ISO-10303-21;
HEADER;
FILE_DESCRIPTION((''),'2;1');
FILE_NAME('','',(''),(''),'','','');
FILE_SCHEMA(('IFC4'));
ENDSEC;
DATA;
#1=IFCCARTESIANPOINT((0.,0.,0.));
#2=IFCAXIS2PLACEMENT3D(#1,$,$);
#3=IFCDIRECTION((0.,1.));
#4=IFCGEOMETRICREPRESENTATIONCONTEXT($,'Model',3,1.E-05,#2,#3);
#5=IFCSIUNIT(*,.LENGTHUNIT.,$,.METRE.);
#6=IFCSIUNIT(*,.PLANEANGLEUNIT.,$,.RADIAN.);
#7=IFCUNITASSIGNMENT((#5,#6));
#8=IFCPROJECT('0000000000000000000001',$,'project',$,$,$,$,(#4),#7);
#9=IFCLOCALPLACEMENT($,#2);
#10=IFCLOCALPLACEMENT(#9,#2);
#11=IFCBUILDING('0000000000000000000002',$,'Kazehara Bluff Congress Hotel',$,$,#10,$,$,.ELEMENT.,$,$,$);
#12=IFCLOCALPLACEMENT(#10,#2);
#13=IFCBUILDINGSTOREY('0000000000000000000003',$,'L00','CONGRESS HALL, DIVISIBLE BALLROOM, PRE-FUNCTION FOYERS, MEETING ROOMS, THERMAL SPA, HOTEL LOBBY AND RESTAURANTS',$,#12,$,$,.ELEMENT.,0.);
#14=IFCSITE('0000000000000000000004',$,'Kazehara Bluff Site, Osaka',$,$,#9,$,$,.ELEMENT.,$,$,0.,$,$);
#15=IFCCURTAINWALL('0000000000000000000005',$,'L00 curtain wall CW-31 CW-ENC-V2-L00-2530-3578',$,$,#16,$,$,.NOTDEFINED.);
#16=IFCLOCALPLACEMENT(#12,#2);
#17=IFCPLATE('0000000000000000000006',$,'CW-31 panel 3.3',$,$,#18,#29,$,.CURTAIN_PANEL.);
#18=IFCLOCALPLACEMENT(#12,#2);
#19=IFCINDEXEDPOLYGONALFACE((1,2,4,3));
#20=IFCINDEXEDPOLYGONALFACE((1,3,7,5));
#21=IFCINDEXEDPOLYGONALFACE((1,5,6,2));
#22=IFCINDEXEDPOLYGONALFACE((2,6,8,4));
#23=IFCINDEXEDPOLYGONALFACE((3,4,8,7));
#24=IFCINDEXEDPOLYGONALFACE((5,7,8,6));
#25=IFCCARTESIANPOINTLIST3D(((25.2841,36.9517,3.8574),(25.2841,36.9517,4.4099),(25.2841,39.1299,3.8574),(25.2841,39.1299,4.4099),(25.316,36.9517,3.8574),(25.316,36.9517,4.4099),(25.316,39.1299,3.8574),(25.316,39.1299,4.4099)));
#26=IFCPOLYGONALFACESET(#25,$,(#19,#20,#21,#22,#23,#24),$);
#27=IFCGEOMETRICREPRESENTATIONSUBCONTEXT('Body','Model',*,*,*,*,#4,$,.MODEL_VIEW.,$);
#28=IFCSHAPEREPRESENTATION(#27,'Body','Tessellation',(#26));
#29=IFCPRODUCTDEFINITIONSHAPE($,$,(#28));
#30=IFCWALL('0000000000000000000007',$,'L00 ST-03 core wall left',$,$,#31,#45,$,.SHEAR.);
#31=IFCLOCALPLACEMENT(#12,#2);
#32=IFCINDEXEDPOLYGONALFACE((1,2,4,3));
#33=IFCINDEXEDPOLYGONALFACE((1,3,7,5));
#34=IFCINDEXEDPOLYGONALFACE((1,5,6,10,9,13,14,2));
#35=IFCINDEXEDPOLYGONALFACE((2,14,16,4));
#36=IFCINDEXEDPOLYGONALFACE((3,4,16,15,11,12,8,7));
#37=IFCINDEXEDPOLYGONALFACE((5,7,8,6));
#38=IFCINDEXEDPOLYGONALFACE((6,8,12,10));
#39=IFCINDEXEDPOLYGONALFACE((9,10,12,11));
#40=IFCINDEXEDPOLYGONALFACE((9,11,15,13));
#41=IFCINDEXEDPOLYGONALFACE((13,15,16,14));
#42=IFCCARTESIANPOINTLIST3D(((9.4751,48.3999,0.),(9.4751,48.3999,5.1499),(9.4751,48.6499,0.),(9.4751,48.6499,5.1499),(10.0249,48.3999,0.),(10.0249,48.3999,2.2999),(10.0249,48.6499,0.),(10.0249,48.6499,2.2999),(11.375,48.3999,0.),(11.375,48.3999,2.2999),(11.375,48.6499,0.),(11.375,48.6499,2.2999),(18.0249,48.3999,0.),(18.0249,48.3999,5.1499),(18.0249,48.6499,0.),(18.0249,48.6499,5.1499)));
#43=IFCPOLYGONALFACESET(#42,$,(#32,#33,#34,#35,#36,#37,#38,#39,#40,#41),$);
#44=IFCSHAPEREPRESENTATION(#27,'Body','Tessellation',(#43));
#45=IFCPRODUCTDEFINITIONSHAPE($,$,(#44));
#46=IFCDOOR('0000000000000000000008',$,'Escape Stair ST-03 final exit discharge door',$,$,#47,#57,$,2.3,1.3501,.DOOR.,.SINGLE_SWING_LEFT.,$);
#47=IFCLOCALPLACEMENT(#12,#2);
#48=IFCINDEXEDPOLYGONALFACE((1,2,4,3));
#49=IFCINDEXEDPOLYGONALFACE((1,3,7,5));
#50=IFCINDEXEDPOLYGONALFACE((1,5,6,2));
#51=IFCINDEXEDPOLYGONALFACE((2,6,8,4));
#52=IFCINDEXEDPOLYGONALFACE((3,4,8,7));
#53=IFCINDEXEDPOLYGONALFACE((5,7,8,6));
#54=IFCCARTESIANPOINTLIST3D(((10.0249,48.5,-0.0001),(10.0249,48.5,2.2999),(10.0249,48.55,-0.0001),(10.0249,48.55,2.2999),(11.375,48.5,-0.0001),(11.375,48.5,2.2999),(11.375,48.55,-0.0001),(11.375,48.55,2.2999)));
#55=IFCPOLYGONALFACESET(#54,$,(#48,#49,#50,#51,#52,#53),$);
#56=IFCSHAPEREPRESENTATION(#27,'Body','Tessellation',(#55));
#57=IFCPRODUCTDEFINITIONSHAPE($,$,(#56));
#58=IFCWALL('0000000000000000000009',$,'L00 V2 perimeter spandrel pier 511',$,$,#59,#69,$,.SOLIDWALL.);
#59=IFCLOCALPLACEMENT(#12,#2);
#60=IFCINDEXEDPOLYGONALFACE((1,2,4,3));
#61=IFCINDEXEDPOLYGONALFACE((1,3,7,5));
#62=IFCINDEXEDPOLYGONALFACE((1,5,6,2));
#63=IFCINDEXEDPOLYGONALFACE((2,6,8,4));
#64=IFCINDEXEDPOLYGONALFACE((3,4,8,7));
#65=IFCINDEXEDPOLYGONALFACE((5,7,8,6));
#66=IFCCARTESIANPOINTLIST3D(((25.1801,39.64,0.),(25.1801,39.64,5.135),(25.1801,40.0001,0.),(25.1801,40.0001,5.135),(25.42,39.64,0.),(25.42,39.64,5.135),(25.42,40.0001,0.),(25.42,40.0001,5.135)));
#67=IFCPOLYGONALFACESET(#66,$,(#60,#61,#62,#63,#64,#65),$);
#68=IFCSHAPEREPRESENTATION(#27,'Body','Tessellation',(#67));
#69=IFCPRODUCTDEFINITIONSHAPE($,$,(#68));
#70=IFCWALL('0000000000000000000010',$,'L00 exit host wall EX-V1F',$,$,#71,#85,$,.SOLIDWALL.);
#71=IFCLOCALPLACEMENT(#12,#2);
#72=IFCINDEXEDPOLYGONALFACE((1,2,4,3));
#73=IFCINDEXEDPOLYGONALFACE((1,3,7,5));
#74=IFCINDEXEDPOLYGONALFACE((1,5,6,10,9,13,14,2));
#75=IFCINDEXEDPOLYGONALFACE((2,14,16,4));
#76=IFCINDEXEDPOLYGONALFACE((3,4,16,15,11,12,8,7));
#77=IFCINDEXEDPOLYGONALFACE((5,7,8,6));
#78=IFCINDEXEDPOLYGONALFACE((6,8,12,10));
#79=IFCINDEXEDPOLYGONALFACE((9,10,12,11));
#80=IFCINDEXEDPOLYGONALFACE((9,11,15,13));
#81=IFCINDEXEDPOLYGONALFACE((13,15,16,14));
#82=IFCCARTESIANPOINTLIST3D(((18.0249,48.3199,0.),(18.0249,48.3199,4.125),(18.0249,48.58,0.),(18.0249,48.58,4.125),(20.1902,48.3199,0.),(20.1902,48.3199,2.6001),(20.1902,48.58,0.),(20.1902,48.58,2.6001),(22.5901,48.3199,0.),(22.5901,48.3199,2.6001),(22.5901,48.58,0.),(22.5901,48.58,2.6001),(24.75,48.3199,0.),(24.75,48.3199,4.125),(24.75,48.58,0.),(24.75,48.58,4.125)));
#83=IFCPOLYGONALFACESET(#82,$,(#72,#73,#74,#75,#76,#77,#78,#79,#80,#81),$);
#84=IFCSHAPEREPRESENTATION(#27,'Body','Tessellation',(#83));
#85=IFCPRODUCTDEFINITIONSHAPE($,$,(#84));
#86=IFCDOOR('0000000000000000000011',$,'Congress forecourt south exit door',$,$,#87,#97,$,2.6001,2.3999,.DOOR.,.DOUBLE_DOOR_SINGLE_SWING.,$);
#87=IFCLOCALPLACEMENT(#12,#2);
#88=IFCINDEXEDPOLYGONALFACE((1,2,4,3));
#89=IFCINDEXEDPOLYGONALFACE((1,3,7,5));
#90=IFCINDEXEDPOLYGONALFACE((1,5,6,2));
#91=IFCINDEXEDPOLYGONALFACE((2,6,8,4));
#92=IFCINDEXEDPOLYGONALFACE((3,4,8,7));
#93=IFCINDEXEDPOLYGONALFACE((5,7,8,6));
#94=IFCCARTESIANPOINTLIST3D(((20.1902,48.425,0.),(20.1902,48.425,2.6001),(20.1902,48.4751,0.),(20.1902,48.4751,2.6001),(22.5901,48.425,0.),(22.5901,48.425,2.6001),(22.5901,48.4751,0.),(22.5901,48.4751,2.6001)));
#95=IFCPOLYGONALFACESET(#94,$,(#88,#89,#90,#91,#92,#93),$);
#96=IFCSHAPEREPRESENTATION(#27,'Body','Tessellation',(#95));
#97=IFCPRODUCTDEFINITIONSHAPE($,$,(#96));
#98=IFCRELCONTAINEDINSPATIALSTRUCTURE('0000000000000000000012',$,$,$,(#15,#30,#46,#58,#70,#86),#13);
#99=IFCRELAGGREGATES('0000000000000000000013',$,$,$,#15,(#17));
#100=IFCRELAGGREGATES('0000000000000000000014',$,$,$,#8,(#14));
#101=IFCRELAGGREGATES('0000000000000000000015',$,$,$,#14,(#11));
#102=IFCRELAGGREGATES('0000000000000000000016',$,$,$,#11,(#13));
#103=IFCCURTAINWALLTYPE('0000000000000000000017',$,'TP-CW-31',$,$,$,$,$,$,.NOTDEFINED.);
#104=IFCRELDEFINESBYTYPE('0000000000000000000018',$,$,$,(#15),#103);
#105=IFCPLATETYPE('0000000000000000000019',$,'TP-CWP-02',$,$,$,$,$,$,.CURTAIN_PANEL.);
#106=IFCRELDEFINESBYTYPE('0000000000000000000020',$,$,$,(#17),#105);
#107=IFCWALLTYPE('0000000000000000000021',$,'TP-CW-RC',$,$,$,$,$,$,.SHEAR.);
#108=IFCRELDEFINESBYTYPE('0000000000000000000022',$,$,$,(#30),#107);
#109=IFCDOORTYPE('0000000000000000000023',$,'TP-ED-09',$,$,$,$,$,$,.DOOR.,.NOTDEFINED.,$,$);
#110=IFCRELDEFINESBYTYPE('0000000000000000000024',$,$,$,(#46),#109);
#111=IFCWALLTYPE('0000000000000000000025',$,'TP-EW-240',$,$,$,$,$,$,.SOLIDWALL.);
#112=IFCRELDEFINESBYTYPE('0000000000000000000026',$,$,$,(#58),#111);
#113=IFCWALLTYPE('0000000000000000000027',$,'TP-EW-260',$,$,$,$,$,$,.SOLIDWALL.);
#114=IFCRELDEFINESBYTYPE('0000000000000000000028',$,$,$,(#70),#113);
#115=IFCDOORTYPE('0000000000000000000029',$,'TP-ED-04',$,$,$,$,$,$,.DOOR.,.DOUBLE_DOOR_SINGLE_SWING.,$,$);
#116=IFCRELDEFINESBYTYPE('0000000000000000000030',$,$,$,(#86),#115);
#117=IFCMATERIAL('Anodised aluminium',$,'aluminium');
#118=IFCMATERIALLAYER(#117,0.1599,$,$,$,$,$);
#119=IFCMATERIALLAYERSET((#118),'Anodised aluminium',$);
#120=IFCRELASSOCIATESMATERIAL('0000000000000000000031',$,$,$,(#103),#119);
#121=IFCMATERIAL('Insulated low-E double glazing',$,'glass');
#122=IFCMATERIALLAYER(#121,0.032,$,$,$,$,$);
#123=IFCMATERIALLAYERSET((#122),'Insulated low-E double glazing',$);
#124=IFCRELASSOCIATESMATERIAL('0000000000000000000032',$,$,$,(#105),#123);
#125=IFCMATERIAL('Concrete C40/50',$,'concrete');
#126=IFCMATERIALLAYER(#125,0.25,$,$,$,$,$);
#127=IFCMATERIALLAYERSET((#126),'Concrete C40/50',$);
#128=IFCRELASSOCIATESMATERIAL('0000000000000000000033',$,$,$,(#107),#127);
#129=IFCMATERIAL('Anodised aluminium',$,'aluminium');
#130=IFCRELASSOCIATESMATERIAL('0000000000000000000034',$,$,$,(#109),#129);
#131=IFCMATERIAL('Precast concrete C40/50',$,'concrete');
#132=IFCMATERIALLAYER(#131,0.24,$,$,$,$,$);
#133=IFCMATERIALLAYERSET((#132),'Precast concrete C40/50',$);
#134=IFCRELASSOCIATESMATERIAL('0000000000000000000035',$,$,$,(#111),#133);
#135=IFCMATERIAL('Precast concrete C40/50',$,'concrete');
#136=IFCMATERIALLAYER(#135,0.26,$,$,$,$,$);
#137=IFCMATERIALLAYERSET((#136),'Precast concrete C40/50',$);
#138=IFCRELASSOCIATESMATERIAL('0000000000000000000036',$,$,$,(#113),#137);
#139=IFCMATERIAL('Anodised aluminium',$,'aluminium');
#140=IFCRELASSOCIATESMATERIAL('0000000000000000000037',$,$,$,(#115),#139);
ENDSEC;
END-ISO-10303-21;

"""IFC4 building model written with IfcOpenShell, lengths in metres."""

from ifc_helpers import new_model, si_unit, direction, frame, frame_2d, origin, origin_2d, place, context, subcontext, project, spatial, rectangle, extrude, material, layer, layer_set, type_object, element, fill, aggregate, save


model = new_model("IFC4")

# Units and contexts
model_context = context("Model", 3, precision=1e-05, world=origin(), true_north=direction((0.0, 1.0)))
body_context = subcontext(model_context, "Body", "Model", "MODEL_VIEW")
ifc_project = project(units=[si_unit("LENGTHUNIT", "METRE"), si_unit("PLANEANGLEUNIT", "RADIAN")], contexts=[model_context])

# Site, building, storey
site_placement = place(None, origin())
site = spatial("IfcSite", under=ifc_project, at=site_placement, Name="Kazehara Bluff Site, Osaka", CompositionType="ELEMENT", RefElevation=0.0)
building_placement = place(site_placement, origin())
building = spatial("IfcBuilding", under=site, at=building_placement, Name="Kazehara Bluff Congress Hotel", CompositionType="ELEMENT")
storey_placement = place(building_placement, origin())
storey = spatial("IfcBuildingStorey", under=building, at=storey_placement, Name="L00", Description="CONGRESS HALL, DIVISIBLE BALLROOM, PRE-FUNCTION FOYERS, MEETING ROOMS, THERMAL SPA, HOTEL LOBBY AND RESTAURANTS", CompositionType="ELEMENT", Elevation=0.0)

# Curtain wall
ifc_material_1 = material(Name="Anodised aluminium", Category="aluminium")
ifc_layer_1 = layer(ifc_material_1, 0.1599)
ifc_layer_set_1 = layer_set([ifc_layer_1], Name="Anodised aluminium")
curtain_wall_type = type_object("IfcCurtainWallType", Name="TP-CW-31", PredefinedType="NOTDEFINED", material=ifc_layer_set_1)
curtain_wall_placement = place(storey_placement, origin())
curtain_wall = element("IfcCurtainWall", 1, at=curtain_wall_placement, inside=storey, type_object=curtain_wall_type, Name="L00 curtain wall CW-31 CW-ENC-V2-L00-2530-3578", PredefinedType="NOTDEFINED")

# Plate
ifc_material_2 = material(Name="Insulated low-E double glazing", Category="glass")
ifc_layer_2 = layer(ifc_material_2, 0.032)
ifc_layer_set_2 = layer_set([ifc_layer_2], Name="Insulated low-E double glazing")
plate_type = type_object("IfcPlateType", Name="TP-CWP-02", PredefinedType="CURTAIN_PANEL", material=ifc_layer_set_2)
plate_1_placement = place(storey_placement, frame((25.3, 38.0408, 3.8574), z_axis=(0.0, 0.0, 1.0), x_axis=(0.0, 1.0, 0.0)))
plate_1 = element("IfcPlate", 2, at=plate_1_placement, type_object=plate_type, Name="CW-31 panel 3.3", PredefinedType="CURTAIN_PANEL", context=body_context, shape_type="SweptSolid", body=[
    extrude(rectangle(XDim=2.1782, YDim=0.032, at=origin_2d()), origin(), (0.0, 0.0, 1.0), 0.5525),
])
aggregate(curtain_wall, [plate_1])

# Wall, opening, door
ifc_material_3 = material(Name="Concrete C40/50", Category="concrete")
ifc_layer_3 = layer(ifc_material_3, 0.25)
ifc_layer_set_3 = layer_set([ifc_layer_3], Name="Concrete C40/50")
wall_type_1 = type_object("IfcWallType", Name="TP-CW-RC", PredefinedType="SHEAR", material=ifc_layer_set_3)
wall_1_placement = place(storey_placement, frame((18.0249, 48.5249, 0.0), z_axis=(0.0, 0.0, 1.0), x_axis=(-1.0, 0.0, 0.0)))
wall_1 = element("IfcWall", 3, at=wall_1_placement, inside=storey, type_object=wall_type_1, Name="L00 ST-03 core wall left", PredefinedType="SHEAR", context=body_context, shape_type="SweptSolid", body=[
    extrude(rectangle(XDim=8.5498, YDim=0.25, at=frame_2d((4.2749, 0.0))), origin(), (0.0, 0.0, 1.0), 5.1499),
])
opening_1_placement = place(wall_1_placement, frame((6.6499, 0.0, 0.0)))
opening_1 = element("IfcOpeningElement", 4, at=opening_1_placement, cuts=wall_1, PredefinedType="OPENING", context=body_context, shape_type="SweptSolid", body=[
    extrude(rectangle(XDim=1.3501, YDim=2.3, at=frame_2d((0.675, 1.1499))), frame((0.0, 0.135, 0.0), z_axis=(0.0, -1.0, 0.0), x_axis=(1.0, 0.0, 0.0)), (0.0, 0.0, 1.0), 0.27),
])
ifc_material_4 = material(Name="Anodised aluminium", Category="aluminium")
door_type_1 = type_object("IfcDoorType", Name="TP-ED-09", OperationType="NOTDEFINED", PredefinedType="DOOR", material=ifc_material_4)
door_1_placement = place(opening_1_placement, origin())
door_1 = element("IfcDoor", 5, at=door_1_placement, inside=storey, type_object=door_type_1, Name="Escape Stair ST-03 final exit discharge door", OperationType="SINGLE_SWING_LEFT", OverallHeight=2.3, OverallWidth=1.3501, PredefinedType="DOOR", context=body_context, shape_type="SweptSolid", body=[
    extrude(rectangle(XDim=1.3501, YDim=2.3, at=frame_2d((0.675, 1.1499))), frame((0.0, 0.0249, 0.0), z_axis=(0.0, -1.0, 0.0), x_axis=(1.0, 0.0, 0.0)), (0.0, 0.0, 1.0), 0.05),
])
fill(opening_1, door_1)

# Wall
ifc_material_5 = material(Name="Precast concrete C40/50", Category="concrete")
ifc_layer_4 = layer(ifc_material_5, 0.24)
ifc_layer_set_4 = layer_set([ifc_layer_4], Name="Precast concrete C40/50")
wall_type_2 = type_object("IfcWallType", Name="TP-EW-240", PredefinedType="SOLIDWALL", material=ifc_layer_set_4)
wall_2_placement = place(storey_placement, frame((25.3, 39.6399, 0.0), z_axis=(0.0, 0.0, 1.0), x_axis=(0.0, 1.0, 0.0)))
element("IfcWall", 6, at=wall_2_placement, inside=storey, type_object=wall_type_2, Name="L00 V2 perimeter spandrel pier 511", PredefinedType="SOLIDWALL", context=body_context, shape_type="SweptSolid", body=[
    extrude(rectangle(XDim=0.3601, YDim=0.24, at=frame_2d((0.1802, 0.0))), origin(), (0.0, 0.0, 1.0), 5.135),
])

# Wall, opening, door
ifc_material_6 = material(Name="Precast concrete C40/50", Category="concrete")
ifc_layer_5 = layer(ifc_material_6, 0.26)
ifc_layer_set_5 = layer_set([ifc_layer_5], Name="Precast concrete C40/50")
wall_type_3 = type_object("IfcWallType", Name="TP-EW-260", PredefinedType="SOLIDWALL", material=ifc_layer_set_5)
wall_3_placement = place(storey_placement, frame((24.75, 48.45, 0.0), z_axis=(0.0, 0.0, 1.0), x_axis=(-1.0, 0.0, 0.0)))
wall_3 = element("IfcWall", 7, at=wall_3_placement, inside=storey, type_object=wall_type_3, Name="L00 exit host wall EX-V1F", PredefinedType="SOLIDWALL", context=body_context, shape_type="SweptSolid", body=[
    extrude(rectangle(XDim=6.7251, YDim=0.26, at=frame_2d((3.3625, 0.0))), origin(), (0.0, 0.0, 1.0), 4.125),
])
opening_2_placement = place(wall_3_placement, frame((2.1599, 0.0, 0.0)))
opening_2 = element("IfcOpeningElement", 8, at=opening_2_placement, cuts=wall_3, PredefinedType="OPENING", context=body_context, shape_type="SweptSolid", body=[
    extrude(rectangle(XDim=2.3999, YDim=2.6001, at=frame_2d((1.2, 1.3))), frame((0.0, 0.1399, 0.0), z_axis=(0.0, -1.0, 0.0), x_axis=(1.0, 0.0, 0.0)), (0.0, 0.0, 1.0), 0.28),
])
ifc_material_7 = material(Name="Anodised aluminium", Category="aluminium")
door_type_2 = type_object("IfcDoorType", Name="TP-ED-04", OperationType="DOUBLE_DOOR_SINGLE_SWING", PredefinedType="DOOR", material=ifc_material_7)
door_2_placement = place(opening_2_placement, origin())
door_2 = element("IfcDoor", 9, at=door_2_placement, inside=storey, type_object=door_type_2, Name="Congress forecourt south exit door", OperationType="DOUBLE_DOOR_SINGLE_SWING", OverallHeight=2.6001, OverallWidth=2.3999, PredefinedType="DOOR", context=body_context, shape_type="SweptSolid", body=[
    extrude(rectangle(XDim=2.3999, YDim=2.6001, at=frame_2d((1.2, 1.3))), frame((0.0, 0.0249, 0.0), z_axis=(0.0, -1.0, 0.0), x_axis=(1.0, 0.0, 0.0)), (0.0, 0.0, 1.0), 0.05),
])
fill(opening_2, door_2)

save(model, "model.ifc")
